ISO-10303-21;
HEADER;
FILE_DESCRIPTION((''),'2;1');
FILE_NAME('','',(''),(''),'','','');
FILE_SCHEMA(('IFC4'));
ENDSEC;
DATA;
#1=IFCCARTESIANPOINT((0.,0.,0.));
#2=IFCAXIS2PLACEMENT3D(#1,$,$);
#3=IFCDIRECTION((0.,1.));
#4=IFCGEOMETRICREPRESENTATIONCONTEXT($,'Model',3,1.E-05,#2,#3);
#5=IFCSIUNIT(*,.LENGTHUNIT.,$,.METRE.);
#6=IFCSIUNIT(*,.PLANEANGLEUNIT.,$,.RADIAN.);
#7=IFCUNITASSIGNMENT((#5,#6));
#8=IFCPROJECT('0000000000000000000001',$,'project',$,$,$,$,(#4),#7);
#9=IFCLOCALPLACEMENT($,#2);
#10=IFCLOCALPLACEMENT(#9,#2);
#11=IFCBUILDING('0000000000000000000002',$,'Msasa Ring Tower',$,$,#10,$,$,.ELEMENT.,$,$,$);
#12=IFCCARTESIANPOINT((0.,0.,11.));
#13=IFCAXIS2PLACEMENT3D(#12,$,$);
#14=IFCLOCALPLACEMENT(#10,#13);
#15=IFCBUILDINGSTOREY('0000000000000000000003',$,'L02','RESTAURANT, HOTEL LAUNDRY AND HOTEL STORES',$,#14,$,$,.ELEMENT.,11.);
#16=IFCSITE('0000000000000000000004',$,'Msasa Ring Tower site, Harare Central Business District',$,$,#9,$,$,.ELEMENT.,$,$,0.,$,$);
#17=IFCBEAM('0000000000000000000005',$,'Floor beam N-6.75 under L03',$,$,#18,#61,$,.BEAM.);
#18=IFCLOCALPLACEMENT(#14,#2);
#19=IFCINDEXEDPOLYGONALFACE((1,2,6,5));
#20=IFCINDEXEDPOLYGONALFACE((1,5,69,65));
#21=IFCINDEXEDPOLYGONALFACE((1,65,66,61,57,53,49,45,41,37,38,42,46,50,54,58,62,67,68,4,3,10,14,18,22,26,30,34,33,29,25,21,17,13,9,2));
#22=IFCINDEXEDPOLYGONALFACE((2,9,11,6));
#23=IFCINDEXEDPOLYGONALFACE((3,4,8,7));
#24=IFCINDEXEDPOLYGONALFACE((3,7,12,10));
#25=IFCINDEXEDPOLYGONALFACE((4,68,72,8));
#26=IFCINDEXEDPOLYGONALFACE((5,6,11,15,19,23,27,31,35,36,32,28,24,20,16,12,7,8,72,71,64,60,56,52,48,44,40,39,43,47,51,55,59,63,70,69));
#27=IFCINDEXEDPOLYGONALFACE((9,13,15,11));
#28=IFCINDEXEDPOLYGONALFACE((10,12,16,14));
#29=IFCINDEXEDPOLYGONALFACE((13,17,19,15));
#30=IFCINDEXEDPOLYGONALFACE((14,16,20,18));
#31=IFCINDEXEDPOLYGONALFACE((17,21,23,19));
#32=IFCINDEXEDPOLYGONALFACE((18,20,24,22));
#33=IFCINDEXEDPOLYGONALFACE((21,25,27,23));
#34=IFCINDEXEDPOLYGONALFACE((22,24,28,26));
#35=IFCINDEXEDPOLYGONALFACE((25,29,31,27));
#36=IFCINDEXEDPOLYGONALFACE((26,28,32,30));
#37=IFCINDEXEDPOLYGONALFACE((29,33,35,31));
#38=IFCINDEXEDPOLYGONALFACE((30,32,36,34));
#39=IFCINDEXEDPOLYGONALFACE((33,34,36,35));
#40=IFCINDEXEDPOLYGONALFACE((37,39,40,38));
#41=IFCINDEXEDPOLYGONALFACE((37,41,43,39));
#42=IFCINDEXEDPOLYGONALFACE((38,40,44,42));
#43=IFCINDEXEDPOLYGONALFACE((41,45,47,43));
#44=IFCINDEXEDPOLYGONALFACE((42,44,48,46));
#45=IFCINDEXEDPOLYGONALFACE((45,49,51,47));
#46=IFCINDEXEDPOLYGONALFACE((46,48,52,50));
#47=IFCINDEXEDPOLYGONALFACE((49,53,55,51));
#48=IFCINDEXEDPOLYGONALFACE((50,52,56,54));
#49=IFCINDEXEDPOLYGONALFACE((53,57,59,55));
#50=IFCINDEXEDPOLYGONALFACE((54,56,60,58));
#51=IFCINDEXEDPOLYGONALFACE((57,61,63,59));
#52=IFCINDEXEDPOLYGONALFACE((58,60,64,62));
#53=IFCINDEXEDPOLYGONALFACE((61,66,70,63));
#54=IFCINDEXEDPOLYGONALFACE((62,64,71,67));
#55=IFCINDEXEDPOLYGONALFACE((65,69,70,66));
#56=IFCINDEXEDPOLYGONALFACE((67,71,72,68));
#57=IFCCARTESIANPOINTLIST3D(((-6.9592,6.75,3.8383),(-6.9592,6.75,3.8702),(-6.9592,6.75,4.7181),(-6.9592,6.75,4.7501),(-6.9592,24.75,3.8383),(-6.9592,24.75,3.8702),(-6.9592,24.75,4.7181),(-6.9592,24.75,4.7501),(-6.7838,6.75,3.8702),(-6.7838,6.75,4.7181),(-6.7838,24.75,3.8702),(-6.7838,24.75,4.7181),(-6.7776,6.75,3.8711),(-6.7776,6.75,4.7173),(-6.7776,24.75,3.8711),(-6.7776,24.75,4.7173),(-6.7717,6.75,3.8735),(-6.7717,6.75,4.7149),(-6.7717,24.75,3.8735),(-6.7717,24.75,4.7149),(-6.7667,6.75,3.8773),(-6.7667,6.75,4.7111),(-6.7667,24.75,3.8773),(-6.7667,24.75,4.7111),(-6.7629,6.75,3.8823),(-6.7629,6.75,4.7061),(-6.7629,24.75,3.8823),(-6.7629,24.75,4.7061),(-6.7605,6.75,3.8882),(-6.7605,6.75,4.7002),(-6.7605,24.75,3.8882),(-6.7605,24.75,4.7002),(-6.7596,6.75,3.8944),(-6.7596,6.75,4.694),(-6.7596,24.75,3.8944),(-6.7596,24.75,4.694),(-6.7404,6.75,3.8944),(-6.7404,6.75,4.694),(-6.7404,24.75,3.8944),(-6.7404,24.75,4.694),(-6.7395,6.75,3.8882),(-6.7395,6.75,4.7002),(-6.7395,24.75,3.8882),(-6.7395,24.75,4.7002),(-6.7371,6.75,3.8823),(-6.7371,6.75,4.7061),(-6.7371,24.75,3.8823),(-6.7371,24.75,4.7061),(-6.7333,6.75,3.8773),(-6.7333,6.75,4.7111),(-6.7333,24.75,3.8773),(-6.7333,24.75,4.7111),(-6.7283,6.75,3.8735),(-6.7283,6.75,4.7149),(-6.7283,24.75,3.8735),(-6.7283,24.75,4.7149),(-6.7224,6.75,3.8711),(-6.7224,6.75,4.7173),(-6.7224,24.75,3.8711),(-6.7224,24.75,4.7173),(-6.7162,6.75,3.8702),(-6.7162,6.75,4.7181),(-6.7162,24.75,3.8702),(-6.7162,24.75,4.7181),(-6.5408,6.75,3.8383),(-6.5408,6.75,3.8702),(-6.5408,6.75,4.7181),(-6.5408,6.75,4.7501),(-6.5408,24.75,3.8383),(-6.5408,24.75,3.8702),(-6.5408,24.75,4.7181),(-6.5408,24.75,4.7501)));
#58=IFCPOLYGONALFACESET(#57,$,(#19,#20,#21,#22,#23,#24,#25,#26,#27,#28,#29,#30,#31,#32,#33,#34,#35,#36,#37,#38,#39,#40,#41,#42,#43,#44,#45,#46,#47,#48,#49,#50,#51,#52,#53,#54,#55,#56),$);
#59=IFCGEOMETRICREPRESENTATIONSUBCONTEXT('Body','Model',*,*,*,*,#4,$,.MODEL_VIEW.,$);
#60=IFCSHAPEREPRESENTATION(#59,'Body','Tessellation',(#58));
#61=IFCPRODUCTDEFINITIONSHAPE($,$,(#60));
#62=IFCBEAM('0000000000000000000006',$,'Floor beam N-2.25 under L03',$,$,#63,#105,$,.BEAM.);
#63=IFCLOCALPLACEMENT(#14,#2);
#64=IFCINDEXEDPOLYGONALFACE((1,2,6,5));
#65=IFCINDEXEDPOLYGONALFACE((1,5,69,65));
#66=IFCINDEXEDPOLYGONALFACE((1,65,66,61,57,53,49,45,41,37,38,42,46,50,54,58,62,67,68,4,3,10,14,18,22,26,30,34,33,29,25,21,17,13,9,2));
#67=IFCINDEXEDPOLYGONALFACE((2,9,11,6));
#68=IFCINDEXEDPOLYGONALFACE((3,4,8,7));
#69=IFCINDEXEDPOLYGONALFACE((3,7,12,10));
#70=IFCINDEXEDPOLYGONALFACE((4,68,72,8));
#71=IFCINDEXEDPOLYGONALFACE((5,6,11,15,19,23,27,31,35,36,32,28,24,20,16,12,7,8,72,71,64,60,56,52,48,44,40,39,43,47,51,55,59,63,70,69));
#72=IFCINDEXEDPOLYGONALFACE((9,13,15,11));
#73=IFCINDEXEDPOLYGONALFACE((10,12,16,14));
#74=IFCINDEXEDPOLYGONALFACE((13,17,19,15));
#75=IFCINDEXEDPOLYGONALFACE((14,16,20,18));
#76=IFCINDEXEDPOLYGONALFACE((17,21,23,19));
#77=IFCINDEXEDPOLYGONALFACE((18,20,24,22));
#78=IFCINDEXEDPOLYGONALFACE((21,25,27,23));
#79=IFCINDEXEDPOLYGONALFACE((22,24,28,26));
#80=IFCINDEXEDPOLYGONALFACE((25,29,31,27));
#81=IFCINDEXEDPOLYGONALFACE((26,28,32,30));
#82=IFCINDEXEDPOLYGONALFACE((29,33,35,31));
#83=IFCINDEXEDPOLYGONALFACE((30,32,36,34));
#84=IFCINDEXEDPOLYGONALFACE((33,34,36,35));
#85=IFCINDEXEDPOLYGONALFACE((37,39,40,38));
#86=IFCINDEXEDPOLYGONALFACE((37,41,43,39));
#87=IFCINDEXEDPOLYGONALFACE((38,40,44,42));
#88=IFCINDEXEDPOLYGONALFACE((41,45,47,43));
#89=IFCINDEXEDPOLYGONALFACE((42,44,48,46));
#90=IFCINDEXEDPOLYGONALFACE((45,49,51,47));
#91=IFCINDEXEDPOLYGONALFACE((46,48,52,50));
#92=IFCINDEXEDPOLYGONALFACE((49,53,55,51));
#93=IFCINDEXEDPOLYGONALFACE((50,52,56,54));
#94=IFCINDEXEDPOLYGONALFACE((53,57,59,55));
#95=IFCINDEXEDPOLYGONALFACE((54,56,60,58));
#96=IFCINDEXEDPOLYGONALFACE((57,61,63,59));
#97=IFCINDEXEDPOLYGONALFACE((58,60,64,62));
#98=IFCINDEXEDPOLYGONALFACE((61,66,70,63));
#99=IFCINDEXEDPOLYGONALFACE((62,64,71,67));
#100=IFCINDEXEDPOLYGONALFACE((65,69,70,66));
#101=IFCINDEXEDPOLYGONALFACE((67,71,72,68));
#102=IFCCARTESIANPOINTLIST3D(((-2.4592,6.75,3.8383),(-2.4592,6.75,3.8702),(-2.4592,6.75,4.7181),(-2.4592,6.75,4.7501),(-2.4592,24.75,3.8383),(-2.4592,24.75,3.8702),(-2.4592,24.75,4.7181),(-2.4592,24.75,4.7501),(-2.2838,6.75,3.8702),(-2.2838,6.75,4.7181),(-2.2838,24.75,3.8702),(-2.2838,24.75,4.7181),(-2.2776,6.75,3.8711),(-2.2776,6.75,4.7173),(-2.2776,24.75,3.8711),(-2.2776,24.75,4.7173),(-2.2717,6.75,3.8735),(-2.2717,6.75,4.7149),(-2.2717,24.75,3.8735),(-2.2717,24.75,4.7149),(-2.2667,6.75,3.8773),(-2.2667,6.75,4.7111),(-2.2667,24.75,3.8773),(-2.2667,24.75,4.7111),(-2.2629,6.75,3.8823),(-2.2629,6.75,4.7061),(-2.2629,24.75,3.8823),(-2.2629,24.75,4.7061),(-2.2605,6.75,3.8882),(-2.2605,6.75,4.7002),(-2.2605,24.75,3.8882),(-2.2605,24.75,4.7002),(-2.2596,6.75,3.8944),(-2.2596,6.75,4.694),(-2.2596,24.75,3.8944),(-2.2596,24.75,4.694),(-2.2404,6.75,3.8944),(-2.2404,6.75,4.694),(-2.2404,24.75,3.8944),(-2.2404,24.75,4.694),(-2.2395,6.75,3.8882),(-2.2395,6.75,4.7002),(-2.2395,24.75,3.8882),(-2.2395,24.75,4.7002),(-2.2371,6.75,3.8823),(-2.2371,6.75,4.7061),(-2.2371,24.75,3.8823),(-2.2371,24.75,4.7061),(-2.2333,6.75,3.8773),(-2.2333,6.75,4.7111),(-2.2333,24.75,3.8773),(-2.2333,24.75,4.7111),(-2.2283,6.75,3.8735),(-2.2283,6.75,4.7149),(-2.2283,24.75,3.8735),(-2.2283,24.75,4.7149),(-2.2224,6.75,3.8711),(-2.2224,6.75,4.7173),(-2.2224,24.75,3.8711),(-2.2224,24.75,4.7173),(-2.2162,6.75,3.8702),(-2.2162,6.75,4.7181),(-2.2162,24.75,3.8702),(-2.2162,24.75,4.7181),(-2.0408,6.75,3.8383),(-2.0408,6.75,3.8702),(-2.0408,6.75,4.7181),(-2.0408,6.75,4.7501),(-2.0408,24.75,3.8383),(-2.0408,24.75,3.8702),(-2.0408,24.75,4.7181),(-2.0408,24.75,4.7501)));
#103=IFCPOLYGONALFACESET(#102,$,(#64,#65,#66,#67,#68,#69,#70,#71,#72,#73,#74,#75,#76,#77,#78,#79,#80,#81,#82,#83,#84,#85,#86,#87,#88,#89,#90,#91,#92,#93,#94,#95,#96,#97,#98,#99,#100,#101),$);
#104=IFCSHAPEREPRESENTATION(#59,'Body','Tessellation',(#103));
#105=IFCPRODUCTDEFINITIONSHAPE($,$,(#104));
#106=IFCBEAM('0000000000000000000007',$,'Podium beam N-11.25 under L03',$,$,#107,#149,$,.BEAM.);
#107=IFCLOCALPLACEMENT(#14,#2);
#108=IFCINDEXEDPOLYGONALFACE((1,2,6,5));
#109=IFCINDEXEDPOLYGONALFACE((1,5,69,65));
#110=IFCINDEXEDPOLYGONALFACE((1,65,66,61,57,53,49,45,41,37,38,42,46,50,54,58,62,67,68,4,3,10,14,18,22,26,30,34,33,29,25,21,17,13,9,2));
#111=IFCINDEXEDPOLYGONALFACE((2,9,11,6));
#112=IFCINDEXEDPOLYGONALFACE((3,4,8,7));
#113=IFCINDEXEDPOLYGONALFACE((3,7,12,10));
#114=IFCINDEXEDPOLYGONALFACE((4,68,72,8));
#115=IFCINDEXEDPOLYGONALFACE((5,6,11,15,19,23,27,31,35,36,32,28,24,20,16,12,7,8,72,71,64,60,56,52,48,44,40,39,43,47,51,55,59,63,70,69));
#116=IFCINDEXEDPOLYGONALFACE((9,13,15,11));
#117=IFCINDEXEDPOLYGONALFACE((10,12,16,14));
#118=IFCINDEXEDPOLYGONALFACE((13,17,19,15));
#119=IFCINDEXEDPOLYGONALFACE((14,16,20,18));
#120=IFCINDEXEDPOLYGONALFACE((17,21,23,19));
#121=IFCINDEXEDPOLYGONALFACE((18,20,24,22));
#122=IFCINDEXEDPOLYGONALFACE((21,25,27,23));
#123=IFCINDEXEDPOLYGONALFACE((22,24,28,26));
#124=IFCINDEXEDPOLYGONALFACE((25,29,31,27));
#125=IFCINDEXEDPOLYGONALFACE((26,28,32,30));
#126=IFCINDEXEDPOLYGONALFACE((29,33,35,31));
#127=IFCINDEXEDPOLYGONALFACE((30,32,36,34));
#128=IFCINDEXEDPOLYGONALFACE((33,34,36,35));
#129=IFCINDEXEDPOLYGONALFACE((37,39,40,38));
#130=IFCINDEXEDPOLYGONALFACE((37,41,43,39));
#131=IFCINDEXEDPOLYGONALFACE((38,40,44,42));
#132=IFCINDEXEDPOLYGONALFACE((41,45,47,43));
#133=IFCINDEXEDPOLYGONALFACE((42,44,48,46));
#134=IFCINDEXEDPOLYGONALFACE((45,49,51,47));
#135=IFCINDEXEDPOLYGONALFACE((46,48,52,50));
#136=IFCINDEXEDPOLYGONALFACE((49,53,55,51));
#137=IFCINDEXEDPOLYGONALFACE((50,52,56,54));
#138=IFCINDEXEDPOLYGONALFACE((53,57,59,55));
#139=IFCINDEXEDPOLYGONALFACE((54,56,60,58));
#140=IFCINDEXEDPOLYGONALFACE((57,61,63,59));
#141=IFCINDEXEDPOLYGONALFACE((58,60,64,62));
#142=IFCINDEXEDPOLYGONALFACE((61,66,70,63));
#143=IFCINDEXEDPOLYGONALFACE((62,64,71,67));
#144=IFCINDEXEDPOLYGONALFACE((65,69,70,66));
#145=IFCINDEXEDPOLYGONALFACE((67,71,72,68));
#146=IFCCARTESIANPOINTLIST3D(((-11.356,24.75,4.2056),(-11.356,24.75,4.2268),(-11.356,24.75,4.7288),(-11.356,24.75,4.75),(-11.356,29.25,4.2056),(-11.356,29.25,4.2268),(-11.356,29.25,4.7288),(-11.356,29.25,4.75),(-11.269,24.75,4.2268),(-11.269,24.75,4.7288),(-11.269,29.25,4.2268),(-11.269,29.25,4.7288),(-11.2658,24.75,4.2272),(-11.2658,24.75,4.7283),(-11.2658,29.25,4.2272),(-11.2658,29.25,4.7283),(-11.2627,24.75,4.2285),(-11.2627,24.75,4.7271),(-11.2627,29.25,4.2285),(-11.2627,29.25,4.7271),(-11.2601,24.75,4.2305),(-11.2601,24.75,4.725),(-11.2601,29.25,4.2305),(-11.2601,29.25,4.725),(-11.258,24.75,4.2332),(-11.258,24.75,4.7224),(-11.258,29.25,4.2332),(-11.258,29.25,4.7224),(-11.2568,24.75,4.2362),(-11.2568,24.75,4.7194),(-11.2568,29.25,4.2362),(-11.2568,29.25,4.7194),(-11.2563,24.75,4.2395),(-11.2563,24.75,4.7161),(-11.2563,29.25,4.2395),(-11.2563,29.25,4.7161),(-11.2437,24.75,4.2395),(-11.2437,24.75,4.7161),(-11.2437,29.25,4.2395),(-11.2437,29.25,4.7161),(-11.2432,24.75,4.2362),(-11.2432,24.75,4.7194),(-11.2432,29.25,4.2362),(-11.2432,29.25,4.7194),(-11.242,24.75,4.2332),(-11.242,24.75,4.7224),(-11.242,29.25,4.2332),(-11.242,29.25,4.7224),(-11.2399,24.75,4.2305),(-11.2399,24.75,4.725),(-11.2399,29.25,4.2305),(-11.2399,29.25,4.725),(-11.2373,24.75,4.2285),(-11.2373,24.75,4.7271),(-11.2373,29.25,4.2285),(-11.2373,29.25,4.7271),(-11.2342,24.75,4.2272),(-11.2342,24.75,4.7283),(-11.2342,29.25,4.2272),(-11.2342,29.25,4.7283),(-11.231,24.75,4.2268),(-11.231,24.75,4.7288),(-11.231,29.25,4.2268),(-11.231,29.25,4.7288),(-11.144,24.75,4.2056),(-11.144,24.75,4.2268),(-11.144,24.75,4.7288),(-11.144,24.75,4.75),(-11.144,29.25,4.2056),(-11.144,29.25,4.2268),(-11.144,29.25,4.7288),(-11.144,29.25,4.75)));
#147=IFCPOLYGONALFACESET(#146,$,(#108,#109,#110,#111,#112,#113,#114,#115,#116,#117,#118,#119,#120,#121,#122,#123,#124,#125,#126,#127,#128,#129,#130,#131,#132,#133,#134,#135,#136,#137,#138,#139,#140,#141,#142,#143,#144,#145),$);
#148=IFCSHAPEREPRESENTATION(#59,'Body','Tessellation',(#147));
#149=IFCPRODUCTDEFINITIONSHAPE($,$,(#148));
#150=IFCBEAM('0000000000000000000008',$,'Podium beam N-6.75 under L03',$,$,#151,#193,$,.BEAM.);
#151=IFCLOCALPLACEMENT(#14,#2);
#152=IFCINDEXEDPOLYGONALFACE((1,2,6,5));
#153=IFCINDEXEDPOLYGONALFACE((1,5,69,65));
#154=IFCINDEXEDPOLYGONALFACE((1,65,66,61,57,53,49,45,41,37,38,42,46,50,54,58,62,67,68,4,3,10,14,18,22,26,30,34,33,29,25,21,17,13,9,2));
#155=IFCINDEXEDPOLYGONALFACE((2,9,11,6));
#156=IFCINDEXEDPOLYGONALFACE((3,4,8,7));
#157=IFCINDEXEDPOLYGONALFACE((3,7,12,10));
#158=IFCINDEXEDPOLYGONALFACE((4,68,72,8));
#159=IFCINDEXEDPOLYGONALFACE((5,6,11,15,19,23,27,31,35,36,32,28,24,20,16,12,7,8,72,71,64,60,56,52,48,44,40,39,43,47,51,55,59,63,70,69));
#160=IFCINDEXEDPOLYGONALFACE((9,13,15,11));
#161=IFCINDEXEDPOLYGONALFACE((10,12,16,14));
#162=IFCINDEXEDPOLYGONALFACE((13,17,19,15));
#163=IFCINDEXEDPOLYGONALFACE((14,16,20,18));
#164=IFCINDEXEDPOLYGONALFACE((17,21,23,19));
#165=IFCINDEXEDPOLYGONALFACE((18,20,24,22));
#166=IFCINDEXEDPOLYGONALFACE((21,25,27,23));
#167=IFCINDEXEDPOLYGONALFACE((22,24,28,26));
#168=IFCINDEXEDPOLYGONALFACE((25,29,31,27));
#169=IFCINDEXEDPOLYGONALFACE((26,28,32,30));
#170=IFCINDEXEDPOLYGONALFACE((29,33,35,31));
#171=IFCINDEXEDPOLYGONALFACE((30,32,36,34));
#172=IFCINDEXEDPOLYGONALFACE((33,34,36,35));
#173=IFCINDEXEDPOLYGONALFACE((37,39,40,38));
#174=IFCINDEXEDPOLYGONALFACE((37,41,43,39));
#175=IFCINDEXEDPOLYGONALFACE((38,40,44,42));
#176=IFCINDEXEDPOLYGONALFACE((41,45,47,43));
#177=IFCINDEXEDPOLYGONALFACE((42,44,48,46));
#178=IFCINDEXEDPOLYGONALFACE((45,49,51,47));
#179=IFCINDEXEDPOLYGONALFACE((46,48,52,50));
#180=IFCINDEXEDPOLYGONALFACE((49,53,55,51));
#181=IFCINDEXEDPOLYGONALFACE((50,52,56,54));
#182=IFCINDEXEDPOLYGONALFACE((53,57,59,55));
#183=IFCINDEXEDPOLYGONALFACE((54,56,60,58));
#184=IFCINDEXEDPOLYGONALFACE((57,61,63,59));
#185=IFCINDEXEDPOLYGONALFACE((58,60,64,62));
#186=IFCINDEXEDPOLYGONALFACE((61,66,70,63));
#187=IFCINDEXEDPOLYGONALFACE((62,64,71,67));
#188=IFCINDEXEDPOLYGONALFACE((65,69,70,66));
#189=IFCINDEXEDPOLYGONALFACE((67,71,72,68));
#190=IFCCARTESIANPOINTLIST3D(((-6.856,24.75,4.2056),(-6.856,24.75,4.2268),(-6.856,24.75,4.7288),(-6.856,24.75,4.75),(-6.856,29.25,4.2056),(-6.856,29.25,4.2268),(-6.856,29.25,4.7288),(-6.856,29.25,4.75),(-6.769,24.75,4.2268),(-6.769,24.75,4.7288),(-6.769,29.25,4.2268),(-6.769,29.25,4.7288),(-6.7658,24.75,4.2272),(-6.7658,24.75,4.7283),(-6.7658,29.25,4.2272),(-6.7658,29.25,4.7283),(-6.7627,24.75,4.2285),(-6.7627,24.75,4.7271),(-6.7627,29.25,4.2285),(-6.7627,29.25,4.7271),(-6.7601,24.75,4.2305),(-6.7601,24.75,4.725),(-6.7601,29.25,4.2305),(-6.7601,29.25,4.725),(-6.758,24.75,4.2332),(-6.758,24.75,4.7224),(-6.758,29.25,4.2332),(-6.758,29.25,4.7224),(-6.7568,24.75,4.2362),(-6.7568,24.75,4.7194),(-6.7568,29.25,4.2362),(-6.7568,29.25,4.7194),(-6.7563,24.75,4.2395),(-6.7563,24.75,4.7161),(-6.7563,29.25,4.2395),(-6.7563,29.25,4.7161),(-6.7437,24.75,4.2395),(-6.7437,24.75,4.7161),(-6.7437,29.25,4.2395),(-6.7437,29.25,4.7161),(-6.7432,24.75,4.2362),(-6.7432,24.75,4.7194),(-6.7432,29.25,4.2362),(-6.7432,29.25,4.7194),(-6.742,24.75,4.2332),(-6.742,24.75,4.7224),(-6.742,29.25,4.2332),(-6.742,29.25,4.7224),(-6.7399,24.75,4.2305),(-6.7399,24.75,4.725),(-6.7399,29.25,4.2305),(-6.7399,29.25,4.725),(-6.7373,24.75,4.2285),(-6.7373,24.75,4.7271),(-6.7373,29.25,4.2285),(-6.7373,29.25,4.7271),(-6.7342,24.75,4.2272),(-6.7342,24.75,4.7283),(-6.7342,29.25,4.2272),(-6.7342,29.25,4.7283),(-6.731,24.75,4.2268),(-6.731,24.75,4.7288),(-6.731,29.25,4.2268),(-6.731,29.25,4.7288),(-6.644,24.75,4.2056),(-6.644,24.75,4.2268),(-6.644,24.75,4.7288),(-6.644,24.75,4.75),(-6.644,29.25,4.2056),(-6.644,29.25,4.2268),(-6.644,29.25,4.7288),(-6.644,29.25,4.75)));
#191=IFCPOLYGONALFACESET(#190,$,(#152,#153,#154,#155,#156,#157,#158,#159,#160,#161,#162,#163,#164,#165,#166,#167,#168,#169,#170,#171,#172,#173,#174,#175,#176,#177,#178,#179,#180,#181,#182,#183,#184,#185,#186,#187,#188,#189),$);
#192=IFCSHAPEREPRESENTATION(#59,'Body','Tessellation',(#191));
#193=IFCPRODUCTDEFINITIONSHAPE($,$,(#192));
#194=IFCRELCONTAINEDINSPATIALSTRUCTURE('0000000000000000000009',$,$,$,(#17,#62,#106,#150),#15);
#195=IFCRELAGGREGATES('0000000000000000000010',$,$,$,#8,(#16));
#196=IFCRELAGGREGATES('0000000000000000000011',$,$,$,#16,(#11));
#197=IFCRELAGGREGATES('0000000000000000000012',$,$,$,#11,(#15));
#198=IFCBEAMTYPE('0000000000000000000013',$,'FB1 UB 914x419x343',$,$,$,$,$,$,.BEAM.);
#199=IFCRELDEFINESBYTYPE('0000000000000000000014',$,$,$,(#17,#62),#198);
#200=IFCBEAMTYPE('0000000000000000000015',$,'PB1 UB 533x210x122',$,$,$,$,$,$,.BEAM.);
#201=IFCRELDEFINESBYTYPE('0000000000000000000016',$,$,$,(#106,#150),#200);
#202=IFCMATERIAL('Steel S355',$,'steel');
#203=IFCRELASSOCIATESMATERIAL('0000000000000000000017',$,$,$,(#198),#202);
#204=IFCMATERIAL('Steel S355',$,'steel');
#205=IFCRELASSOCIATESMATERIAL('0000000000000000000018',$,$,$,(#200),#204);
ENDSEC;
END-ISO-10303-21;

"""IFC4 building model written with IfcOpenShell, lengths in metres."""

from ifc_helpers import new_model, si_unit, direction, frame, origin, origin_2d, place, context, subcontext, project, spatial, i_section, extrude, material, material_profile, profile_set, type_object, element, save


model = new_model("IFC4")

# Units and contexts
model_context = context("Model", 3, precision=1e-05, world=origin(), true_north=direction((0.0, 1.0)))
body_context = subcontext(model_context, "Body", "Model", "MODEL_VIEW")
ifc_project = project(units=[si_unit("LENGTHUNIT", "METRE"), si_unit("PLANEANGLEUNIT", "RADIAN")], contexts=[model_context])

# Site, building, storey
site_placement = place(None, origin())
site = spatial("IfcSite", under=ifc_project, at=site_placement, Name="Msasa Ring Tower site, Harare Central Business District", CompositionType="ELEMENT", RefElevation=0.0)
building_placement = place(site_placement, origin())
building = spatial("IfcBuilding", under=site, at=building_placement, Name="Msasa Ring Tower", CompositionType="ELEMENT")
storey_placement = place(building_placement, frame((0.0, 0.0, 11.0)))
storey = spatial("IfcBuildingStorey", under=building, at=storey_placement, Name="L02", Description="RESTAURANT, HOTEL LAUNDRY AND HOTEL STORES", CompositionType="ELEMENT", Elevation=11.0)

# Beams
ifc_material_1 = material(Name="Steel S355", Category="steel")
ifc_material_profile_1 = material_profile(ifc_material_1, i_section(OverallWidth=0.4185, OverallDepth=0.9119, WebThickness=0.0193, FlangeThickness=0.032, FilletRadius=0.0242, at=origin_2d()), Name="UB 914x419x343")
ifc_profile_set_1 = profile_set([ifc_material_profile_1], Name="Steel S355")
beam_type_1 = type_object("IfcBeamType", Name="FB1 UB 914x419x343", PredefinedType="BEAM", material=ifc_profile_set_1)
for number, where, z_axis, x_axis, name in (
    (1, (-6.75, 24.75, 4.2942), (0.0, -1.0, 0.0), (1.0, 0.0, 0.0), "Floor beam N-6.75 under L03"),
    (2, (-2.25, 24.75, 4.2942), (0.0, -1.0, 0.0), (1.0, 0.0, 0.0), "Floor beam N-2.25 under L03"),
):
    element("IfcBeam", number, at=place(storey_placement, frame(where, z_axis=z_axis, x_axis=x_axis)), inside=storey, type_object=beam_type_1, Name=name, PredefinedType="BEAM", context=body_context, shape_type="SweptSolid", body=[
        extrude(i_section(OverallWidth=0.4185, OverallDepth=0.9119, WebThickness=0.0193, FlangeThickness=0.032, FilletRadius=0.0242, at=origin_2d()), origin(), (0.0, 0.0, 1.0), 18.0),
    ])
ifc_material_2 = material(Name="Steel S355", Category="steel")
ifc_material_profile_2 = material_profile(ifc_material_2, i_section(OverallWidth=0.2119, OverallDepth=0.5444, WebThickness=0.0127, FlangeThickness=0.0212, FilletRadius=0.0127, at=origin_2d()), Name="UB 533x210x122")
ifc_profile_set_2 = profile_set([ifc_material_profile_2], Name="Steel S355")
beam_type_2 = type_object("IfcBeamType", Name="PB1 UB 533x210x122", PredefinedType="BEAM", material=ifc_profile_set_2)
for number, where, z_axis, x_axis, name in (
    (3, (-11.25, 29.25, 4.4778), (0.0, -1.0, 0.0), (1.0, 0.0, 0.0), "Podium beam N-11.25 under L03"),
    (4, (-6.75, 29.25, 4.4778), (0.0, -1.0, 0.0), (1.0, 0.0, 0.0), "Podium beam N-6.75 under L03"),
):
    element("IfcBeam", number, at=place(storey_placement, frame(where, z_axis=z_axis, x_axis=x_axis)), inside=storey, type_object=beam_type_2, Name=name, PredefinedType="BEAM", context=body_context, shape_type="SweptSolid", body=[
        extrude(i_section(OverallWidth=0.2119, OverallDepth=0.5444, WebThickness=0.0127, FlangeThickness=0.0212, FilletRadius=0.0127, at=origin_2d()), origin(), (0.0, 0.0, 1.0), 4.5),
    ])

save(model, "model.ifc")
